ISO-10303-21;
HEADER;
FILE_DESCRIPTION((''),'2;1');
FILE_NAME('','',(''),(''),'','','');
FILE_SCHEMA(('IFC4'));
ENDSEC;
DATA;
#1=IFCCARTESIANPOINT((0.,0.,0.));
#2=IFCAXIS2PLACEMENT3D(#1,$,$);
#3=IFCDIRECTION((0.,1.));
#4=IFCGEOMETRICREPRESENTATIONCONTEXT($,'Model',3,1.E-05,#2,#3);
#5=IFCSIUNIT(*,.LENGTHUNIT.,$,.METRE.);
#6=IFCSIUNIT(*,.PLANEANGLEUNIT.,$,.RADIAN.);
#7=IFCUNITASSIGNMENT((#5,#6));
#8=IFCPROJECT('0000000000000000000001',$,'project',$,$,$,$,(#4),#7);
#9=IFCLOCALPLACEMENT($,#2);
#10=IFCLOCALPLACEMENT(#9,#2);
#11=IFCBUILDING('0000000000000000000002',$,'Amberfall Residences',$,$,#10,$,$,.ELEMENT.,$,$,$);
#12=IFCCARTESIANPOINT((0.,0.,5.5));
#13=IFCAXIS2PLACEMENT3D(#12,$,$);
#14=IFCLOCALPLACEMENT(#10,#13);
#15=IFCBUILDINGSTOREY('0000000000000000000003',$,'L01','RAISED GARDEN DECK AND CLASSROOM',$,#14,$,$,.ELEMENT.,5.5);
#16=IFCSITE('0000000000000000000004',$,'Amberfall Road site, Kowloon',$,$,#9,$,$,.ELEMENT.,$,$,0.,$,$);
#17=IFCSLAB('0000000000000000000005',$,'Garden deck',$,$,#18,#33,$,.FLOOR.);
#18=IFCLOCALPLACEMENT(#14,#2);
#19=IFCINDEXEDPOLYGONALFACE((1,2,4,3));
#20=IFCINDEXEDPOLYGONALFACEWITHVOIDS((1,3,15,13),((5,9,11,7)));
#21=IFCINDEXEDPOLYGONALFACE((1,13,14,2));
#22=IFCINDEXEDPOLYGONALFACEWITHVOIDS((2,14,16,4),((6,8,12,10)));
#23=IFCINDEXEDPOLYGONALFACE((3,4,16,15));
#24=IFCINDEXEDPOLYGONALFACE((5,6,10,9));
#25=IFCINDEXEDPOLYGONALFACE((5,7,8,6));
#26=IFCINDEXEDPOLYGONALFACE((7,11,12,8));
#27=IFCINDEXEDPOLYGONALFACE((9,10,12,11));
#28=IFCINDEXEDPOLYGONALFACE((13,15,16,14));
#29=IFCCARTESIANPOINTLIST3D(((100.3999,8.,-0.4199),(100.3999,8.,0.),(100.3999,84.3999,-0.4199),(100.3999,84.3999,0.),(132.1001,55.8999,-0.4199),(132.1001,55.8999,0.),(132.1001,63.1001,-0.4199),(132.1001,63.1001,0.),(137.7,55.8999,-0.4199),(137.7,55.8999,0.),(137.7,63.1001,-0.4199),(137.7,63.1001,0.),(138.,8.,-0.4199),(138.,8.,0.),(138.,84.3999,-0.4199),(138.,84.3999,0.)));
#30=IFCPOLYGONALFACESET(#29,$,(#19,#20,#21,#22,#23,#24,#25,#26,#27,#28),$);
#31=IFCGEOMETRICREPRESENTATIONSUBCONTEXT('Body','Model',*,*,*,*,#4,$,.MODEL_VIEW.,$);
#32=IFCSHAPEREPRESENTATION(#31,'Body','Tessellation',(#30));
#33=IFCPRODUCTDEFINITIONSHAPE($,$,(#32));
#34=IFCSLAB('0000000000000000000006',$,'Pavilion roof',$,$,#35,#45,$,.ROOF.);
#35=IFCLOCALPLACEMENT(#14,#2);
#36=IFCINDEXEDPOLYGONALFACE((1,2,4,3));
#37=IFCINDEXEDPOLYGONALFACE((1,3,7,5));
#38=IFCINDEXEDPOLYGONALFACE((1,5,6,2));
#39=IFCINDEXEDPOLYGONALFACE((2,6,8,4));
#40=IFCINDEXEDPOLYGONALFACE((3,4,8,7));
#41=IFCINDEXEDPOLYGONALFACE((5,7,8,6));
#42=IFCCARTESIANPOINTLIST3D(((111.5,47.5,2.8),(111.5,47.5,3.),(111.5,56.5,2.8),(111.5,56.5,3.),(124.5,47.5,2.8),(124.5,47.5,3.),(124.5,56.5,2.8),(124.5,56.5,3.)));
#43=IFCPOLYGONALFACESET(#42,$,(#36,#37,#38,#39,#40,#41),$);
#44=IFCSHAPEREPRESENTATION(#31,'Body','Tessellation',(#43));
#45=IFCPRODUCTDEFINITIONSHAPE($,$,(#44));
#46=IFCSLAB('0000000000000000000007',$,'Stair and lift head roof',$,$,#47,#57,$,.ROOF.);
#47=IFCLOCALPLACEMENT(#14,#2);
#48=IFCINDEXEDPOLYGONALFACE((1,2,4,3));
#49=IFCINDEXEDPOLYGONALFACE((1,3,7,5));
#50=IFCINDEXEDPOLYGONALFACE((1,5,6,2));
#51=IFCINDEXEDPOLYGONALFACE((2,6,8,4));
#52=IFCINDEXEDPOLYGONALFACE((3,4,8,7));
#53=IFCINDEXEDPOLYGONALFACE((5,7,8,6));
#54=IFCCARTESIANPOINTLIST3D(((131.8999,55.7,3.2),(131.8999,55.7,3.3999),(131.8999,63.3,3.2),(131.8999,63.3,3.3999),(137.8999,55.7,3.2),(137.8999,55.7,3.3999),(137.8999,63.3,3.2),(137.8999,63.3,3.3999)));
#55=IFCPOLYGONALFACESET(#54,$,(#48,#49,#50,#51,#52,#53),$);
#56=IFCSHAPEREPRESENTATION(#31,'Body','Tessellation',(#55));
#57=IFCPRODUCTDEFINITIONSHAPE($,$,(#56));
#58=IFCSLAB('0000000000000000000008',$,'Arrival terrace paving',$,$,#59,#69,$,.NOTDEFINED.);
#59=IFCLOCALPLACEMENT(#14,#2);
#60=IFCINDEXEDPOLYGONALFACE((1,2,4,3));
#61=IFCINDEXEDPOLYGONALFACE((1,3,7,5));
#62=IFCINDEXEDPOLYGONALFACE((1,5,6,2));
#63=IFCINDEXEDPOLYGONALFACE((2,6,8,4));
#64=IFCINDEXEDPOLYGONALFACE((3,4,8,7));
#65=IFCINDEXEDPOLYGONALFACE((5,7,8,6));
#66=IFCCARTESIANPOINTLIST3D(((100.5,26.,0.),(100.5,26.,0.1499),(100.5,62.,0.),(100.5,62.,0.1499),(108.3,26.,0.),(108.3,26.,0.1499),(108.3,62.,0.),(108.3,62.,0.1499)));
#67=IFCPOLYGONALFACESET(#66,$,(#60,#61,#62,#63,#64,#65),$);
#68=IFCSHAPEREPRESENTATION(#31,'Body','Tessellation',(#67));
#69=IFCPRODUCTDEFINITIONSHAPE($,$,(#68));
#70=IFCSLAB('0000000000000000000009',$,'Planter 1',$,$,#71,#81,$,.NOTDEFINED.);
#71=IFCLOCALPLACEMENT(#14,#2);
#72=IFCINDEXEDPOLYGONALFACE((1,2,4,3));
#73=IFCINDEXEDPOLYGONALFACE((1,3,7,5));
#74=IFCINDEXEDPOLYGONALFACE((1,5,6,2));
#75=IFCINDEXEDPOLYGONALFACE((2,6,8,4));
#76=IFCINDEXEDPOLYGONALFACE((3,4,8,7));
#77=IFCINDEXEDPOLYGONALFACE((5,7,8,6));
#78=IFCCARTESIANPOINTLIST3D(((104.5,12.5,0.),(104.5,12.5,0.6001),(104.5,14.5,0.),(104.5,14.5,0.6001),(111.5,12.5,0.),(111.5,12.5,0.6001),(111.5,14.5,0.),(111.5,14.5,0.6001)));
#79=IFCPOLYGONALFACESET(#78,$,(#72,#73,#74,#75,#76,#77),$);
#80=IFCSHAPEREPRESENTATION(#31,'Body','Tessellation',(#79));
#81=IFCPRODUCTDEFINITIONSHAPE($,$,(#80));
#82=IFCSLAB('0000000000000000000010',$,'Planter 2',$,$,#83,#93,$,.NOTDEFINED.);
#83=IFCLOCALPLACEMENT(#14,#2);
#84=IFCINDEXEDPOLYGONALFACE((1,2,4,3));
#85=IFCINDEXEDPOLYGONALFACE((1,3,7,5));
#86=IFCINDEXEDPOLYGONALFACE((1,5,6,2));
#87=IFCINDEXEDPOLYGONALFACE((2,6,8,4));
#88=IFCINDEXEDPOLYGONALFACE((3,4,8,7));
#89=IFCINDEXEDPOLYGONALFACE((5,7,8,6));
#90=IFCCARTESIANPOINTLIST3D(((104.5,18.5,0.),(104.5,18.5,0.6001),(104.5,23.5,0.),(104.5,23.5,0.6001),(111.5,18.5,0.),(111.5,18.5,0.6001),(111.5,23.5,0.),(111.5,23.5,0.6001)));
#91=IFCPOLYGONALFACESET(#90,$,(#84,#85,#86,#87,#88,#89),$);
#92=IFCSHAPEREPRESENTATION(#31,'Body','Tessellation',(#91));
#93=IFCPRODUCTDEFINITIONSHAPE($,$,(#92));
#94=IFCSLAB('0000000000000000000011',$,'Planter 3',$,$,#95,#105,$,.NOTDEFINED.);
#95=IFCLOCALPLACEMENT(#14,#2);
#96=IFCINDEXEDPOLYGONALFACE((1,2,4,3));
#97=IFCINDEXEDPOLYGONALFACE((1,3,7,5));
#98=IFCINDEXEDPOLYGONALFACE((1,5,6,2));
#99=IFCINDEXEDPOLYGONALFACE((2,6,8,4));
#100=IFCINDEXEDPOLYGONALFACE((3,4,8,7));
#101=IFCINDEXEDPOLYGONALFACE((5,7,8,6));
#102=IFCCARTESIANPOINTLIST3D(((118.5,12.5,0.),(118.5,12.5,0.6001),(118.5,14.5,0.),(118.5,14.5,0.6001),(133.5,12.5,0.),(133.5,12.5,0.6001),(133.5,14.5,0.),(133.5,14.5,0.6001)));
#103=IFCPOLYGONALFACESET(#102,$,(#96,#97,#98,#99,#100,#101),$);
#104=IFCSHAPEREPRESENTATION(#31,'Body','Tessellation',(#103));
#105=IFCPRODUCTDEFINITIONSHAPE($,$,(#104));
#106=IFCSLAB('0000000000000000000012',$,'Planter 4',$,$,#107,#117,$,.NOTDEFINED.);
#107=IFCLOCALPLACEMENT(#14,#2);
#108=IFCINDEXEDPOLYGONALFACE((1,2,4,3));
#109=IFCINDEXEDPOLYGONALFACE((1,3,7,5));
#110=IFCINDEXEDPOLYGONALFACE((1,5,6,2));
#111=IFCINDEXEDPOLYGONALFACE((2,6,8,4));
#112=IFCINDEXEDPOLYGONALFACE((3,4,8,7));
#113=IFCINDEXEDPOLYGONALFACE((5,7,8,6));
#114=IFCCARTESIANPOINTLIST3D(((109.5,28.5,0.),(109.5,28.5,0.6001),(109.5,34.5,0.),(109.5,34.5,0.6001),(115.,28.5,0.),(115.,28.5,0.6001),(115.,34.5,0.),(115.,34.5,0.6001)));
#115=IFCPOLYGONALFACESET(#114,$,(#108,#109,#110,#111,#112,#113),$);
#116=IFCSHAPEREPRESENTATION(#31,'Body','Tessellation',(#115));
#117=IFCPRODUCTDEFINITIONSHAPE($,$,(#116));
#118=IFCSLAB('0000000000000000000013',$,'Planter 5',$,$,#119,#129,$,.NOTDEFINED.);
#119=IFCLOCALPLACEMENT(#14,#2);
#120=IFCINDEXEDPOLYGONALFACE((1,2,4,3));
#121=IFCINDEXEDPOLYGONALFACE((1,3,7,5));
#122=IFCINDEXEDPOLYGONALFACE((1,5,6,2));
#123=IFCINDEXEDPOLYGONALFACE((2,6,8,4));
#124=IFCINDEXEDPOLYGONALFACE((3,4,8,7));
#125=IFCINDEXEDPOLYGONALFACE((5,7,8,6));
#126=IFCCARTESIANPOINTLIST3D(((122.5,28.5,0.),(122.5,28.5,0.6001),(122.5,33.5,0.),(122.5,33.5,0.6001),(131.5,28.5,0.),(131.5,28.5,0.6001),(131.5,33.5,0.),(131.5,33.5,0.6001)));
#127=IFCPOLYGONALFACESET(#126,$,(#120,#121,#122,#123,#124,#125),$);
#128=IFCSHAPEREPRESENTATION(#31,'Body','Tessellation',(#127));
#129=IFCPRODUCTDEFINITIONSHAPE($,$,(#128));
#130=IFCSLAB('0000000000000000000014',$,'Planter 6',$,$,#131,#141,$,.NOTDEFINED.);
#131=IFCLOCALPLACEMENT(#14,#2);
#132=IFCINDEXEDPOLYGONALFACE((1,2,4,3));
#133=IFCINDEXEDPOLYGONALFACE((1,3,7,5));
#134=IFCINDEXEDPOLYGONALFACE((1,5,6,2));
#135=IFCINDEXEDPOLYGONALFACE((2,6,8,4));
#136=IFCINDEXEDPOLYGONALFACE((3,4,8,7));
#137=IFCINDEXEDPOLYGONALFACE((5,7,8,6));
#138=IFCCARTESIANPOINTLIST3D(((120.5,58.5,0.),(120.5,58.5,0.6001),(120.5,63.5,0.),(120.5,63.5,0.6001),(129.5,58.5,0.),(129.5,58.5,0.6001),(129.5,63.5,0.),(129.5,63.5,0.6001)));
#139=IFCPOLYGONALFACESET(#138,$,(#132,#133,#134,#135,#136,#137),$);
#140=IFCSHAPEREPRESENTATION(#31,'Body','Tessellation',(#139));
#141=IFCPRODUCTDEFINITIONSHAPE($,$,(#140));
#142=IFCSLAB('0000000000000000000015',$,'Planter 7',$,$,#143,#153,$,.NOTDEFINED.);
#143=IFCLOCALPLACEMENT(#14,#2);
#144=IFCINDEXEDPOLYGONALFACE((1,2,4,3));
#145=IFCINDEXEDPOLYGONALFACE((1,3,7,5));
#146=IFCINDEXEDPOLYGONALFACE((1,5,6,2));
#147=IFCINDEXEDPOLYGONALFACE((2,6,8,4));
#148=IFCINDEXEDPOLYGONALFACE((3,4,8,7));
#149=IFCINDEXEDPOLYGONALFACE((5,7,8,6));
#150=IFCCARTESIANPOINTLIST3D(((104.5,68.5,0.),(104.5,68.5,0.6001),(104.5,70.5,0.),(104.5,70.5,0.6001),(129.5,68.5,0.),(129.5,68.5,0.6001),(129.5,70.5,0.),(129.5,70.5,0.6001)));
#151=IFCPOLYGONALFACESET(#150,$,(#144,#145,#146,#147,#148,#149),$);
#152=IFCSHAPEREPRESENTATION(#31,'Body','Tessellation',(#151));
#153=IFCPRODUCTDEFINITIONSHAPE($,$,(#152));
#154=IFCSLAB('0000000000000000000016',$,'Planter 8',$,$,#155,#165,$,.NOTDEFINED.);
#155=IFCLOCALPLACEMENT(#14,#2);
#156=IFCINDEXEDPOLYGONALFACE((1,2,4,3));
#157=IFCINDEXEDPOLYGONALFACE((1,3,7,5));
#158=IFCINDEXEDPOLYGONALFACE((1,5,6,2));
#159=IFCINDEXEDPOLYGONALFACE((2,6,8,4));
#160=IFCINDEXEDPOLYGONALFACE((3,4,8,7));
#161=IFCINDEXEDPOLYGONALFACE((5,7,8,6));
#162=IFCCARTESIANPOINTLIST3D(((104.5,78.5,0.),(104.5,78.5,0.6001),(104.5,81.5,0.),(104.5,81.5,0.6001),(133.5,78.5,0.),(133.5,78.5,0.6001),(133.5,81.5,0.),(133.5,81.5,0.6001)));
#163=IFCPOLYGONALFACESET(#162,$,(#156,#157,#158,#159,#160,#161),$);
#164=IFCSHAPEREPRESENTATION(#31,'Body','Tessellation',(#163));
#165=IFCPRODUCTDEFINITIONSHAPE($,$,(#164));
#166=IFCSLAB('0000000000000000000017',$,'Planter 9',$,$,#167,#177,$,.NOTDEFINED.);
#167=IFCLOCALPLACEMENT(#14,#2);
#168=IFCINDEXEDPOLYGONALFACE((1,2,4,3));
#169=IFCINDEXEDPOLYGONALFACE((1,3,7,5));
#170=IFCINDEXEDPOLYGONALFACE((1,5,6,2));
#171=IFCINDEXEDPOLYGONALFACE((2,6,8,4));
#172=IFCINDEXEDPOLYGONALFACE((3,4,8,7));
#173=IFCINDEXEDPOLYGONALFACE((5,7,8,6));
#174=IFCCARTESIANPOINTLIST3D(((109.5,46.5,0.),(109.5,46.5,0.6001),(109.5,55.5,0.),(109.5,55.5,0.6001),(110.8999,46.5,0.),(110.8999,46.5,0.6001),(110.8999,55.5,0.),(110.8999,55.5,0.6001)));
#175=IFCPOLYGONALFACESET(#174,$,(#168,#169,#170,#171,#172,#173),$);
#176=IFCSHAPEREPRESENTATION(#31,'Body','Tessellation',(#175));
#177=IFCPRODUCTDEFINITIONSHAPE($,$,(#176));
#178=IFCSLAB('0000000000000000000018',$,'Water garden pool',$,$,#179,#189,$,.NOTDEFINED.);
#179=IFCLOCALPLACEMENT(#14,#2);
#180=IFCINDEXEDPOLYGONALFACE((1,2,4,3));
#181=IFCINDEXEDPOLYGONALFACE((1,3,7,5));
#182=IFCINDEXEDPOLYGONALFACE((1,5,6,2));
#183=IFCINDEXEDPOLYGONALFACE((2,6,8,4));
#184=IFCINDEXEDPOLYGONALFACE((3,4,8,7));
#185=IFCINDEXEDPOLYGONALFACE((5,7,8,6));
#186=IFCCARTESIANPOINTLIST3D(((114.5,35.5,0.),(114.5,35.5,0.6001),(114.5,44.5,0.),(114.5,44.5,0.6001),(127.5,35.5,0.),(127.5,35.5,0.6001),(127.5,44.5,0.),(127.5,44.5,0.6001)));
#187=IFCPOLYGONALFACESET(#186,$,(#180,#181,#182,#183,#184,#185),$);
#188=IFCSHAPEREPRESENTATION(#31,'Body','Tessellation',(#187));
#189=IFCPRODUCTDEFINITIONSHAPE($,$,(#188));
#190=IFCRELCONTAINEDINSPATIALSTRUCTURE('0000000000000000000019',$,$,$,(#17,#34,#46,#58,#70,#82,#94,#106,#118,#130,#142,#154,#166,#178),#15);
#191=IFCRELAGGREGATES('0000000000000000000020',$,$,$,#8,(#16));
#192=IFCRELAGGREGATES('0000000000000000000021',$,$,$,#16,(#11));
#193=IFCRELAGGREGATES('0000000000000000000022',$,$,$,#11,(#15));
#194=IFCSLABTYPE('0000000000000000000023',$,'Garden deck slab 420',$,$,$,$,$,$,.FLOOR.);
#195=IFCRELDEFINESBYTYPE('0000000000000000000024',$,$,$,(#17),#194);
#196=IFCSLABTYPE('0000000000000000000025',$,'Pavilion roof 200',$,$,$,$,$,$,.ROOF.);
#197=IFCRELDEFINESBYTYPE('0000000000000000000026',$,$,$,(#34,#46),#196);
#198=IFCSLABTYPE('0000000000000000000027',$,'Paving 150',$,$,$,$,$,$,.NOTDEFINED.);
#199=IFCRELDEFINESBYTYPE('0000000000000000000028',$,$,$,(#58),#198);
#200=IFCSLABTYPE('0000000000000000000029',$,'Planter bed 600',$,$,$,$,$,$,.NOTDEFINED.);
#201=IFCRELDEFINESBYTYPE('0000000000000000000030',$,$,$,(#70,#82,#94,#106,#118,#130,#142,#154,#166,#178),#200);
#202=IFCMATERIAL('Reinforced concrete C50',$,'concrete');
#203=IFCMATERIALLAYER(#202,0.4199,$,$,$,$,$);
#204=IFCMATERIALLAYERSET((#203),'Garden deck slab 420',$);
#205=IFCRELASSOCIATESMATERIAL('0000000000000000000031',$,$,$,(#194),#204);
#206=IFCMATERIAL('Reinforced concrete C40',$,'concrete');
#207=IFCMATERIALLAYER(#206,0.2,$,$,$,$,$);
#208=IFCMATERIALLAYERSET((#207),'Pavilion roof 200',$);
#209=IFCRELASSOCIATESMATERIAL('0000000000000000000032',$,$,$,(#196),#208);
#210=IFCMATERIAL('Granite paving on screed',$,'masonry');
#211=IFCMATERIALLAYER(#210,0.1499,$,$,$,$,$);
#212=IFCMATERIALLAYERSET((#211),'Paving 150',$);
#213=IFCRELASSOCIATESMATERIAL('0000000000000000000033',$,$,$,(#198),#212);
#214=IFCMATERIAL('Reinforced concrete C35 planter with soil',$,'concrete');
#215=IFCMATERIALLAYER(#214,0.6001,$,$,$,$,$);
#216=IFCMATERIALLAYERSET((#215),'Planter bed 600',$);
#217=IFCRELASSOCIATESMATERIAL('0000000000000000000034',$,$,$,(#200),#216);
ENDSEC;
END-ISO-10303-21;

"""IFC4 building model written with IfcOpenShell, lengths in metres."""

from ifc_helpers import new_model, si_unit, direction, frame, origin, place, context, subcontext, project, spatial, polyline, outline, extrude, material, layer, layer_set, type_object, element, save


model = new_model("IFC4")

# Units and contexts
model_context = context("Model", 3, precision=1e-05, world=origin(), true_north=direction((0.0, 1.0)))
body_context = subcontext(model_context, "Body", "Model", "MODEL_VIEW")
ifc_project = project(units=[si_unit("LENGTHUNIT", "METRE"), si_unit("PLANEANGLEUNIT", "RADIAN")], contexts=[model_context])

# Site, building, storey
site_placement = place(None, origin())
site = spatial("IfcSite", under=ifc_project, at=site_placement, Name="Amberfall Road site, Kowloon", CompositionType="ELEMENT", RefElevation=0.0)
building_placement = place(site_placement, origin())
building = spatial("IfcBuilding", under=site, at=building_placement, Name="Amberfall Residences", CompositionType="ELEMENT")
storey_placement = place(building_placement, frame((0.0, 0.0, 5.5)))
storey = spatial("IfcBuildingStorey", under=building, at=storey_placement, Name="L01", Description="RAISED GARDEN DECK AND CLASSROOM", CompositionType="ELEMENT", Elevation=5.5)

# Slabs
ifc_material_1 = material(Name="Reinforced concrete C50", Category="concrete")
ifc_layer_1 = layer(ifc_material_1, 0.4199)
ifc_layer_set_1 = layer_set([ifc_layer_1], Name="Garden deck slab 420")
slab_type_1 = type_object("IfcSlabType", Name="Garden deck slab 420", PredefinedType="FLOOR", material=ifc_layer_set_1)
slab_1_placement = place(storey_placement, frame((0.0, 0.0, -0.4199)))
element("IfcSlab", 1, at=slab_1_placement, inside=storey, type_object=slab_type_1, Name="Garden deck", PredefinedType="FLOOR", context=body_context, shape_type="SweptSolid", body=[
    extrude(outline(polyline([(100.3999, 8.0), (138.0, 8.0), (138.0, 84.3999), (100.3999, 84.3999), (100.3999, 8.0)]), holes=[polyline([(132.1001, 55.8999), (137.7, 55.8999), (137.7, 63.1001), (132.1001, 63.1001), (132.1001, 55.8999)])]), origin(), (0.0, 0.0, 1.0), 0.4199),
])
ifc_material_2 = material(Name="Reinforced concrete C40", Category="concrete")
ifc_layer_2 = layer(ifc_material_2, 0.2)
ifc_layer_set_2 = layer_set([ifc_layer_2], Name="Pavilion roof 200")
slab_type_2 = type_object("IfcSlabType", Name="Pavilion roof 200", PredefinedType="ROOF", material=ifc_layer_set_2)
slab_2_placement = place(storey_placement, frame((0.0, 0.0, 2.8)))
element("IfcSlab", 2, at=slab_2_placement, inside=storey, type_object=slab_type_2, Name="Pavilion roof", PredefinedType="ROOF", context=body_context, shape_type="SweptSolid", body=[
    extrude(outline(polyline([(111.5, 47.5), (124.5, 47.5), (124.5, 56.5), (111.5, 56.5), (111.5, 47.5)])), origin(), (0.0, 0.0, 1.0), 0.2),
])
slab_3_placement = place(storey_placement, frame((0.0, 0.0, 3.2)))
element("IfcSlab", 3, at=slab_3_placement, inside=storey, type_object=slab_type_2, Name="Stair and lift head roof", PredefinedType="ROOF", context=body_context, shape_type="SweptSolid", body=[
    extrude(outline(polyline([(131.8999, 55.7), (137.8999, 55.7), (137.8999, 63.3), (131.8999, 63.3), (131.8999, 55.7)])), origin(), (0.0, 0.0, 1.0), 0.2),
])
ifc_material_3 = material(Name="Granite paving on screed", Category="masonry")
ifc_layer_3 = layer(ifc_material_3, 0.1499)
ifc_layer_set_3 = layer_set([ifc_layer_3], Name="Paving 150")
slab_type_3 = type_object("IfcSlabType", Name="Paving 150", PredefinedType="NOTDEFINED", material=ifc_layer_set_3)
slab_4_placement = place(storey_placement, origin())
element("IfcSlab", 4, at=slab_4_placement, inside=storey, type_object=slab_type_3, Name="Arrival terrace paving", PredefinedType="NOTDEFINED", context=body_context, shape_type="SweptSolid", body=[
    extrude(outline(polyline([(100.5, 26.0), (108.3, 26.0), (108.3, 62.0), (100.5, 62.0), (100.5, 26.0)])), origin(), (0.0, 0.0, 1.0), 0.1499),
])
ifc_material_4 = material(Name="Reinforced concrete C35 planter with soil", Category="concrete")
ifc_layer_4 = layer(ifc_material_4, 0.6001)
ifc_layer_set_4 = layer_set([ifc_layer_4], Name="Planter bed 600")
slab_type_4 = type_object("IfcSlabType", Name="Planter bed 600", PredefinedType="NOTDEFINED", material=ifc_layer_set_4)
slab_5_placement = place(storey_placement, origin())
element("IfcSlab", 5, at=slab_5_placement, inside=storey, type_object=slab_type_4, Name="Planter 1", PredefinedType="NOTDEFINED", context=body_context, shape_type="SweptSolid", body=[
    extrude(outline(polyline([(104.5, 12.5), (111.5, 12.5), (111.5, 14.5), (104.5, 14.5), (104.5, 12.5)])), origin(), (0.0, 0.0, 1.0), 0.6001),
])
slab_6_placement = place(storey_placement, origin())
element("IfcSlab", 6, at=slab_6_placement, inside=storey, type_object=slab_type_4, Name="Planter 2", PredefinedType="NOTDEFINED", context=body_context, shape_type="SweptSolid", body=[
    extrude(outline(polyline([(104.5, 18.5), (111.5, 18.5), (111.5, 23.5), (104.5, 23.5), (104.5, 18.5)])), origin(), (0.0, 0.0, 1.0), 0.6001),
])
slab_7_placement = place(storey_placement, origin())
element("IfcSlab", 7, at=slab_7_placement, inside=storey, type_object=slab_type_4, Name="Planter 3", PredefinedType="NOTDEFINED", context=body_context, shape_type="SweptSolid", body=[
    extrude(outline(polyline([(118.5, 12.5), (133.5, 12.5), (133.5, 14.5), (118.5, 14.5), (118.5, 12.5)])), origin(), (0.0, 0.0, 1.0), 0.6001),
])
slab_8_placement = place(storey_placement, origin())
element("IfcSlab", 8, at=slab_8_placement, inside=storey, type_object=slab_type_4, Name="Planter 4", PredefinedType="NOTDEFINED", context=body_context, shape_type="SweptSolid", body=[
    extrude(outline(polyline([(109.5, 28.5), (115.0, 28.5), (115.0, 34.5), (109.5, 34.5), (109.5, 28.5)])), origin(), (0.0, 0.0, 1.0), 0.6001),
])
slab_9_placement = place(storey_placement, origin())
element("IfcSlab", 9, at=slab_9_placement, inside=storey, type_object=slab_type_4, Name="Planter 5", PredefinedType="NOTDEFINED", context=body_context, shape_type="SweptSolid", body=[
    extrude(outline(polyline([(122.5, 28.5), (131.5, 28.5), (131.5, 33.5), (122.5, 33.5), (122.5, 28.5)])), origin(), (0.0, 0.0, 1.0), 0.6001),
])
slab_10_placement = place(storey_placement, origin())
element("IfcSlab", 10, at=slab_10_placement, inside=storey, type_object=slab_type_4, Name="Planter 6", PredefinedType="NOTDEFINED", context=body_context, shape_type="SweptSolid", body=[
    extrude(outline(polyline([(120.5, 58.5), (129.5, 58.5), (129.5, 63.5), (120.5, 63.5), (120.5, 58.5)])), origin(), (0.0, 0.0, 1.0), 0.6001),
])
slab_11_placement = place(storey_placement, origin())
element("IfcSlab", 11, at=slab_11_placement, inside=storey, type_object=slab_type_4, Name="Planter 7", PredefinedType="NOTDEFINED", context=body_context, shape_type="SweptSolid", body=[
    extrude(outline(polyline([(104.5, 68.5), (129.5, 68.5), (129.5, 70.5), (104.5, 70.5), (104.5, 68.5)])), origin(), (0.0, 0.0, 1.0), 0.6001),
])
slab_12_placement = place(storey_placement, origin())
element("IfcSlab", 12, at=slab_12_placement, inside=storey, type_object=slab_type_4, Name="Planter 8", PredefinedType="NOTDEFINED", context=body_context, shape_type="SweptSolid", body=[
    extrude(outline(polyline([(104.5, 78.5), (133.5, 78.5), (133.5, 81.5), (104.5, 81.5), (104.5, 78.5)])), origin(), (0.0, 0.0, 1.0), 0.6001),
])
slab_13_placement = place(storey_placement, origin())
element("IfcSlab", 13, at=slab_13_placement, inside=storey, type_object=slab_type_4, Name="Planter 9", PredefinedType="NOTDEFINED", context=body_context, shape_type="SweptSolid", body=[
    extrude(outline(polyline([(109.5, 46.5), (110.8999, 46.5), (110.8999, 55.5), (109.5, 55.5), (109.5, 46.5)])), origin(), (0.0, 0.0, 1.0), 0.6001),
])
slab_14_placement = place(storey_placement, origin())
element("IfcSlab", 14, at=slab_14_placement, inside=storey, type_object=slab_type_4, Name="Water garden pool", PredefinedType="NOTDEFINED", context=body_context, shape_type="SweptSolid", body=[
    extrude(outline(polyline([(114.5, 35.5), (127.5, 35.5), (127.5, 44.5), (114.5, 44.5), (114.5, 35.5)])), origin(), (0.0, 0.0, 1.0), 0.6001),
])

save(model, "model.ifc")
